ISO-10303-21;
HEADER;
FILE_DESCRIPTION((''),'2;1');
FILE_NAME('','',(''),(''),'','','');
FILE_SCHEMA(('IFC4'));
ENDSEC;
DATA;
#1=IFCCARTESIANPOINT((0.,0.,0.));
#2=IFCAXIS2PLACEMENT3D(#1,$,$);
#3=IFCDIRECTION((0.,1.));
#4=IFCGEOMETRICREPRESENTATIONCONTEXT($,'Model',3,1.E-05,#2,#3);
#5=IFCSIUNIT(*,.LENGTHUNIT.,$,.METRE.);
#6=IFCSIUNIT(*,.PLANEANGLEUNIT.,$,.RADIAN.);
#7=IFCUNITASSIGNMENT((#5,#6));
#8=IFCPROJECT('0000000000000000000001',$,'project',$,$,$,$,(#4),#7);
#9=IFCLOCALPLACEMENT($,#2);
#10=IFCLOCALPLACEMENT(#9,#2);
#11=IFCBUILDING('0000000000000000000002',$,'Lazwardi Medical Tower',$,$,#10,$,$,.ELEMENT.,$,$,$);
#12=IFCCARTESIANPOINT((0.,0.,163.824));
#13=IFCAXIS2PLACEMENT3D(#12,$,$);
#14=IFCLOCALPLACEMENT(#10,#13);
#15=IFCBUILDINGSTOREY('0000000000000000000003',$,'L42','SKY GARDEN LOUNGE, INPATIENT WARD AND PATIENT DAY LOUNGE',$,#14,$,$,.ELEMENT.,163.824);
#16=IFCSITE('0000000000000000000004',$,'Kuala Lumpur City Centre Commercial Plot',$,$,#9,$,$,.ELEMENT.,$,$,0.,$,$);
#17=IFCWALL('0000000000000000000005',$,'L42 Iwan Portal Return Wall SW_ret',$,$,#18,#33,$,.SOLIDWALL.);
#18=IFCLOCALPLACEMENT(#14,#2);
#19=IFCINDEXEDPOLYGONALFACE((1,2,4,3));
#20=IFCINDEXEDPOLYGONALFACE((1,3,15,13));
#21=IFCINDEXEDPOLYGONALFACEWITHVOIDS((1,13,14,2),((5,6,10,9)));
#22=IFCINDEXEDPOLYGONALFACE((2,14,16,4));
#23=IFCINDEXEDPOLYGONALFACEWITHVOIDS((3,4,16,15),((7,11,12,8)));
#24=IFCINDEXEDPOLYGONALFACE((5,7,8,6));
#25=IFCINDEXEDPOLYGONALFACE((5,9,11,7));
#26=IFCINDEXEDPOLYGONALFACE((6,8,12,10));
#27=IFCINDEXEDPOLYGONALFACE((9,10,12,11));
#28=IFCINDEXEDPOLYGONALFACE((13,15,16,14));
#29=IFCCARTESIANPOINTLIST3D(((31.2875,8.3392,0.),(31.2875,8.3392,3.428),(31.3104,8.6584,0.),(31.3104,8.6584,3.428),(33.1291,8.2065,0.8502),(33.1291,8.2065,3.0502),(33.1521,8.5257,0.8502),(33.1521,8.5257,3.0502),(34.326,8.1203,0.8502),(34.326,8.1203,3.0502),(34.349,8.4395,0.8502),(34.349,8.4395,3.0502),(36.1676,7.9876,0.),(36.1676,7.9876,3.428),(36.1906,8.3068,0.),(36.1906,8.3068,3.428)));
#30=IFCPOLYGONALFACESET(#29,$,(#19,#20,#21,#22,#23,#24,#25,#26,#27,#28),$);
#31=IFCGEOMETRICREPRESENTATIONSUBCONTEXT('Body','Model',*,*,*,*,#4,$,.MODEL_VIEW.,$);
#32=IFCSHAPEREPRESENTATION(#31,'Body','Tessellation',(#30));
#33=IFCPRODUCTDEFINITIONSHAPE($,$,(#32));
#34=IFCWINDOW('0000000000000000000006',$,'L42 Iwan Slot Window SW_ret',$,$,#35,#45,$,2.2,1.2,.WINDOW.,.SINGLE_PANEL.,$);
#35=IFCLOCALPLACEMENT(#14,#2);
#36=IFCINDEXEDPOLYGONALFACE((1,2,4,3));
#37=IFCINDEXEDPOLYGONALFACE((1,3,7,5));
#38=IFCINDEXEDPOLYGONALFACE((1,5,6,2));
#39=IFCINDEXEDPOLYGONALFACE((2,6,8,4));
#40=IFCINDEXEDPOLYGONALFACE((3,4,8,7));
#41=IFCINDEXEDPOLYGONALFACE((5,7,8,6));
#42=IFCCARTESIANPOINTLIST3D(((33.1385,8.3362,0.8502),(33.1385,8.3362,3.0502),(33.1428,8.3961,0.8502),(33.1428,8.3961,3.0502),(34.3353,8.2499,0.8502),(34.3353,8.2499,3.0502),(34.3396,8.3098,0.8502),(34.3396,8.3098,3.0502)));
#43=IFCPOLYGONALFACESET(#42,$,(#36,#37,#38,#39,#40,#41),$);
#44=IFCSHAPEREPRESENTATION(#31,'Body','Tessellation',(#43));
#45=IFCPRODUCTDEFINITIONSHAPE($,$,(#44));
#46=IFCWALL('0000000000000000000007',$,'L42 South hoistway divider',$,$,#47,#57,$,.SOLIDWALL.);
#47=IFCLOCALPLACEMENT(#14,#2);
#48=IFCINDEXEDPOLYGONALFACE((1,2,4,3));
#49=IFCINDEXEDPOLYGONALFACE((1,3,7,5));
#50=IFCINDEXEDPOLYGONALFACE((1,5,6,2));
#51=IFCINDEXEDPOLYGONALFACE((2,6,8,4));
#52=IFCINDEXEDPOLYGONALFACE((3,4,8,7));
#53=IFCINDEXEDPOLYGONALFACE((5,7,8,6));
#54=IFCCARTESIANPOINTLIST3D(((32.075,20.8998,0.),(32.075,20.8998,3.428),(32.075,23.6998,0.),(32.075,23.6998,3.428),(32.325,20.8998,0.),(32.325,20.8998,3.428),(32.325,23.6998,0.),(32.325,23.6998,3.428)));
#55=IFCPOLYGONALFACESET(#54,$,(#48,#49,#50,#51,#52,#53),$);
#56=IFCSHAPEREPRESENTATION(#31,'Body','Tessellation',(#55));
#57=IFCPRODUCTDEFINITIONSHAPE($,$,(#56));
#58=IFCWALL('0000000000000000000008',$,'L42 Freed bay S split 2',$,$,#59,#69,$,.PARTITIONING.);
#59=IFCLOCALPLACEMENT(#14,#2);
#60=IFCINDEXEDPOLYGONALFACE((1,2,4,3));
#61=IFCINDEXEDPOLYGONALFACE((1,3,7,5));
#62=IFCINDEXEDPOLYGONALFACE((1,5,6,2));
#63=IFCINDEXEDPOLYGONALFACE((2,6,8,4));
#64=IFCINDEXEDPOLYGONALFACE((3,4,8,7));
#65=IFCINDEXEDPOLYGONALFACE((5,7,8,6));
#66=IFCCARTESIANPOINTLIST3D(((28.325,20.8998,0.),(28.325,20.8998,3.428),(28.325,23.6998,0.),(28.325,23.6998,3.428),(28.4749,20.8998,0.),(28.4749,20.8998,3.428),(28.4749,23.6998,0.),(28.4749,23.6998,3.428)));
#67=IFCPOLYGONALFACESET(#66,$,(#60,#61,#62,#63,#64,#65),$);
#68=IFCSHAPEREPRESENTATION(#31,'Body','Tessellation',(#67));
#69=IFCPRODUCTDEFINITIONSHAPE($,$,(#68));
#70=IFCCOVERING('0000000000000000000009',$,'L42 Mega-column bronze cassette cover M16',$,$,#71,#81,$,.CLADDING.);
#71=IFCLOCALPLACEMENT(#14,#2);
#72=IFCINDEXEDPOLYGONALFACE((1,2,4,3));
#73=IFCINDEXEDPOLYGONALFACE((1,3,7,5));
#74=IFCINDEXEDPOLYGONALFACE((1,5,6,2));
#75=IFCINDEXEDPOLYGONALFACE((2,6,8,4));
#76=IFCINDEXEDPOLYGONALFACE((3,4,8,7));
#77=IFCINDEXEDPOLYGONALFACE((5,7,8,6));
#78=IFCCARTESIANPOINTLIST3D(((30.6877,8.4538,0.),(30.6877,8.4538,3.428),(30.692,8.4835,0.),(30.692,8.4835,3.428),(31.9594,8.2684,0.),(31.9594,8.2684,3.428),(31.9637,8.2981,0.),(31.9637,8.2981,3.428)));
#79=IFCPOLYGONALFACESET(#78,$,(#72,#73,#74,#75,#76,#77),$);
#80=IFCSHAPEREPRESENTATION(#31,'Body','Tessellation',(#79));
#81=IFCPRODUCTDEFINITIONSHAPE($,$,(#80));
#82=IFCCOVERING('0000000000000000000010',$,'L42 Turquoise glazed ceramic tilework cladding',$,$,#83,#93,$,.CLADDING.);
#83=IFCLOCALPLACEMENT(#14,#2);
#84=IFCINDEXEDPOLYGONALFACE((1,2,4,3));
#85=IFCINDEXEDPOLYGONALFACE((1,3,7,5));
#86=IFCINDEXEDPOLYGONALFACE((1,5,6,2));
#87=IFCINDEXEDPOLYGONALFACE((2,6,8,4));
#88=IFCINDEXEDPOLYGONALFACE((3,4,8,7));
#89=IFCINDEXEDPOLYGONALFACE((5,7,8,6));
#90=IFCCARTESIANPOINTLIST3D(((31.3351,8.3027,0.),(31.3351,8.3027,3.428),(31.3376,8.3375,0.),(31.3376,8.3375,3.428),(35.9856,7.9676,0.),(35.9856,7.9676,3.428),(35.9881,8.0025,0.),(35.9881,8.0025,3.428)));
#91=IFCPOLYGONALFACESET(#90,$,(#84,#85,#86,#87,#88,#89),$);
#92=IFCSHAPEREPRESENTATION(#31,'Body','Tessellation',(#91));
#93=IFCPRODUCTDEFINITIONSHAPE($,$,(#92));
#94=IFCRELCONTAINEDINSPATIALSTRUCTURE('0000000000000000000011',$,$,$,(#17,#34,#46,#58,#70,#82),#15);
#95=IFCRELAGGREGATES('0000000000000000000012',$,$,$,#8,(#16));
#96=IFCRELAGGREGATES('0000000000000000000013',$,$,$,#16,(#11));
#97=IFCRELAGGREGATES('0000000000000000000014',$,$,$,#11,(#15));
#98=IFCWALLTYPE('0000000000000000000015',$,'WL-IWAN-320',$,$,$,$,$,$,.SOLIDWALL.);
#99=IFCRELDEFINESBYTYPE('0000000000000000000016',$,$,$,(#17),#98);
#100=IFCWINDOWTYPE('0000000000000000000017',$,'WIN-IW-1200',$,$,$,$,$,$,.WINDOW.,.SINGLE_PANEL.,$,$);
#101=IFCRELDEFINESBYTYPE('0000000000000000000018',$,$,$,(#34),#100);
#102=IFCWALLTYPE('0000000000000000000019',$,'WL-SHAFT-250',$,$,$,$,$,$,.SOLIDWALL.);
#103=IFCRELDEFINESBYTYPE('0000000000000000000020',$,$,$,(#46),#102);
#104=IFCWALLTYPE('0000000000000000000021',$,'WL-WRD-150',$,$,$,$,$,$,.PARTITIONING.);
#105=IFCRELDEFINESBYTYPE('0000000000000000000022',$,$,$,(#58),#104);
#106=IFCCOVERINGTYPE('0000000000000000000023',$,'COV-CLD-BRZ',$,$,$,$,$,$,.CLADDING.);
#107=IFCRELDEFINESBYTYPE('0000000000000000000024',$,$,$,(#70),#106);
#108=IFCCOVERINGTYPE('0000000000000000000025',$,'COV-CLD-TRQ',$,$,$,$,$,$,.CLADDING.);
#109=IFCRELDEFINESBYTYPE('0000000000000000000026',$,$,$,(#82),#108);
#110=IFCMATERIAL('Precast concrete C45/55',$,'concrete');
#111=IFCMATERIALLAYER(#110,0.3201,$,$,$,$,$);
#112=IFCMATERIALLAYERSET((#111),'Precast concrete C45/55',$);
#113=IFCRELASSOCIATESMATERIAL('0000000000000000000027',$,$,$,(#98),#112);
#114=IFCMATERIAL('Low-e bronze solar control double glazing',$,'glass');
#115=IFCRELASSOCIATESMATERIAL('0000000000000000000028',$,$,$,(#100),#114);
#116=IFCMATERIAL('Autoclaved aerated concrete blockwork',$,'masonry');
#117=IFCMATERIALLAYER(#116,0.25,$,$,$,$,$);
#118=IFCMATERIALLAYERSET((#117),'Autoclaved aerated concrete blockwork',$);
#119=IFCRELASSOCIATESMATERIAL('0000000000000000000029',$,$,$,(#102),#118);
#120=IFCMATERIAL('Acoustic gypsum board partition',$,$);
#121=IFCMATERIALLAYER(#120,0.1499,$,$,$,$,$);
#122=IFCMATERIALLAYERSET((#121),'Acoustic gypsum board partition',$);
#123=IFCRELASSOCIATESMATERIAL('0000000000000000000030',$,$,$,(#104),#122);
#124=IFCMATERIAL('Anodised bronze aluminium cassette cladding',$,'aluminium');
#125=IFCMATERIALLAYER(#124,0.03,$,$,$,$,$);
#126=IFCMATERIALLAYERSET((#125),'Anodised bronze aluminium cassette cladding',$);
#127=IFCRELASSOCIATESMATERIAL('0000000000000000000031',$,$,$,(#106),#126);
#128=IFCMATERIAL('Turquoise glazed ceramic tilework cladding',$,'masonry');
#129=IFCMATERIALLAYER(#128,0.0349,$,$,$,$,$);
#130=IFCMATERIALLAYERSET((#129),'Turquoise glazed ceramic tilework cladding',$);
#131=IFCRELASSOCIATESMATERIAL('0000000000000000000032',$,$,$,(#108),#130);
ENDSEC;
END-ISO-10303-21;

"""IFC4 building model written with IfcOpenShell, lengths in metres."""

from ifc_helpers import new_model, si_unit, direction, frame, frame_2d, origin, origin_2d, place, context, subcontext, project, spatial, rectangle, extrude, material, layer, layer_set, type_object, element, fill, save


model = new_model("IFC4")

# Units and contexts
model_context = context("Model", 3, precision=1e-05, world=origin(), true_north=direction((0.0, 1.0)))
body_context = subcontext(model_context, "Body", "Model", "MODEL_VIEW")
ifc_project = project(units=[si_unit("LENGTHUNIT", "METRE"), si_unit("PLANEANGLEUNIT", "RADIAN")], contexts=[model_context])

# Site, building, storey
site_placement = place(None, origin())
site = spatial("IfcSite", under=ifc_project, at=site_placement, Name="Kuala Lumpur City Centre Commercial Plot", CompositionType="ELEMENT", RefElevation=0.0)
building_placement = place(site_placement, origin())
building = spatial("IfcBuilding", under=site, at=building_placement, Name="Lazwardi Medical Tower", CompositionType="ELEMENT")
storey_placement = place(building_placement, frame((0.0, 0.0, 163.824)))
storey = spatial("IfcBuildingStorey", under=building, at=storey_placement, Name="L42", Description="SKY GARDEN LOUNGE, INPATIENT WARD AND PATIENT DAY LOUNGE", CompositionType="ELEMENT", Elevation=163.824)

# Shared definitions
ifc_material_1 = material(Name="Low-e bronze solar control double glazing", Category="glass")

# Wall, opening, window
ifc_material_2 = material(Name="Precast concrete C45/55", Category="concrete")
ifc_layer_1 = layer(ifc_material_2, 0.3201)
ifc_layer_set_1 = layer_set([ifc_layer_1], Name="Precast concrete C45/55")
wall_type_1 = type_object("IfcWallType", Name="WL-IWAN-320", PredefinedType="SOLIDWALL", material=ifc_layer_set_1)
wall_1_placement = place(storey_placement, frame((31.2991, 8.4988, 0.0), z_axis=(0.0, 0.0, 1.0), x_axis=(0.997415, -0.071853, 0.0)))
wall_1 = element("IfcWall", 1, at=wall_1_placement, inside=storey, type_object=wall_type_1, Name="L42 Iwan Portal Return Wall SW_ret", PredefinedType="SOLIDWALL", context=body_context, shape_type="SweptSolid", body=[
    extrude(rectangle(XDim=4.8928, YDim=0.3201, at=frame_2d((2.4463, 0.0))), origin(), (0.0, 0.0, 1.0), 3.428),
])
opening_1_placement = place(wall_1_placement, frame((1.8462, 0.0, 0.8501)))
opening_1 = element("IfcOpeningElement", 2, at=opening_1_placement, cuts=wall_1, PredefinedType="OPENING", context=body_context, shape_type="SweptSolid", body=[
    extrude(rectangle(XDim=1.2, YDim=2.2, at=frame_2d((0.6001, 1.1001))), frame((0.0, 0.1699, 0.0), z_axis=(0.0, -1.0, 0.0), x_axis=(1.0, 0.0, 0.0)), (0.0, 0.0, 1.0), 0.3401),
])
window_type = type_object("IfcWindowType", Name="WIN-IW-1200", PartitioningType="SINGLE_PANEL", PredefinedType="WINDOW", material=ifc_material_1)
window_placement = place(opening_1_placement, origin())
window = element("IfcWindow", 3, at=window_placement, inside=storey, type_object=window_type, Name="L42 Iwan Slot Window SW_ret", OverallHeight=2.2, OverallWidth=1.2, PartitioningType="SINGLE_PANEL", PredefinedType="WINDOW", context=body_context, shape_type="SweptSolid", body=[
    extrude(rectangle(XDim=1.2, YDim=2.2, at=frame_2d((0.6001, 1.1001))), frame((0.0, 0.03, 0.0), z_axis=(0.0, -1.0, 0.0), x_axis=(1.0, 0.0, 0.0)), (0.0, 0.0, 1.0), 0.0601),
])
fill(opening_1, window)

# Walls
ifc_material_3 = material(Name="Autoclaved aerated concrete blockwork", Category="masonry")
ifc_layer_2 = layer(ifc_material_3, 0.25)
ifc_layer_set_2 = layer_set([ifc_layer_2], Name="Autoclaved aerated concrete blockwork")
wall_type_2 = type_object("IfcWallType", Name="WL-SHAFT-250", PredefinedType="SOLIDWALL", material=ifc_layer_set_2)
wall_2_placement = place(storey_placement, frame((32.2, 20.8999, 0.0), z_axis=(0.0, 0.0, 1.0), x_axis=(0.0, 1.0, 0.0)))
element("IfcWall", 4, at=wall_2_placement, inside=storey, type_object=wall_type_2, Name="L42 South hoistway divider", PredefinedType="SOLIDWALL", context=body_context, shape_type="SweptSolid", body=[
    extrude(rectangle(XDim=2.8, YDim=0.25, at=frame_2d((1.3999, 0.0))), origin(), (0.0, 0.0, 1.0), 3.428),
])
ifc_material_4 = material(Name="Acoustic gypsum board partition")
ifc_layer_3 = layer(ifc_material_4, 0.1499)
ifc_layer_set_3 = layer_set([ifc_layer_3], Name="Acoustic gypsum board partition")
wall_type_3 = type_object("IfcWallType", Name="WL-WRD-150", PredefinedType="PARTITIONING", material=ifc_layer_set_3)
wall_3_placement = place(storey_placement, frame((28.3999, 20.8999, 0.0), z_axis=(0.0, 0.0, 1.0), x_axis=(0.0, 1.0, 0.0)))
element("IfcWall", 5, at=wall_3_placement, inside=storey, type_object=wall_type_3, Name="L42 Freed bay S split 2", PredefinedType="PARTITIONING", context=body_context, shape_type="SweptSolid", body=[
    extrude(rectangle(XDim=2.8, YDim=0.1499, at=frame_2d((1.3999, 0.0))), origin(), (0.0, 0.0, 1.0), 3.428),
])

# Coverings
ifc_material_5 = material(Name="Anodised bronze aluminium cassette cladding", Category="aluminium")
ifc_layer_4 = layer(ifc_material_5, 0.03)
ifc_layer_set_4 = layer_set([ifc_layer_4], Name="Anodised bronze aluminium cassette cladding")
covering_type_1 = type_object("IfcCoveringType", Name="COV-CLD-BRZ", PredefinedType="CLADDING", material=ifc_layer_set_4)
covering_1_placement = place(storey_placement, frame((31.3257, 8.376, 0.0), z_axis=(0.0, 0.0, 1.0), x_axis=(0.989539, -0.144265, 0.0)))
element("IfcCovering", 6, at=covering_1_placement, inside=storey, type_object=covering_type_1, Name="L42 Mega-column bronze cassette cover M16", PredefinedType="CLADDING", context=body_context, shape_type="SweptSolid", body=[
    extrude(rectangle(XDim=1.2852, YDim=0.03, at=origin_2d()), origin(), (0.0, 0.0, 1.0), 3.428),
])
ifc_material_6 = material(Name="Turquoise glazed ceramic tilework cladding", Category="masonry")
ifc_layer_5 = layer(ifc_material_6, 0.0349)
ifc_layer_set_5 = layer_set([ifc_layer_5], Name="Turquoise glazed ceramic tilework cladding")
covering_type_2 = type_object("IfcCoveringType", Name="COV-CLD-TRQ", PredefinedType="CLADDING", material=ifc_layer_set_5)
covering_2_placement = place(storey_placement, frame((33.6616, 8.1526, 0.0), z_axis=(0.0, 0.0, 1.0), x_axis=(0.997414, -0.071868, 0.0)))
element("IfcCovering", 7, at=covering_2_placement, inside=storey, type_object=covering_type_2, Name="L42 Turquoise glazed ceramic tilework cladding", PredefinedType="CLADDING", context=body_context, shape_type="SweptSolid", body=[
    extrude(rectangle(XDim=4.6626, YDim=0.0349, at=origin_2d()), origin(), (0.0, 0.0, 1.0), 3.428),
])

save(model, "model.ifc")
